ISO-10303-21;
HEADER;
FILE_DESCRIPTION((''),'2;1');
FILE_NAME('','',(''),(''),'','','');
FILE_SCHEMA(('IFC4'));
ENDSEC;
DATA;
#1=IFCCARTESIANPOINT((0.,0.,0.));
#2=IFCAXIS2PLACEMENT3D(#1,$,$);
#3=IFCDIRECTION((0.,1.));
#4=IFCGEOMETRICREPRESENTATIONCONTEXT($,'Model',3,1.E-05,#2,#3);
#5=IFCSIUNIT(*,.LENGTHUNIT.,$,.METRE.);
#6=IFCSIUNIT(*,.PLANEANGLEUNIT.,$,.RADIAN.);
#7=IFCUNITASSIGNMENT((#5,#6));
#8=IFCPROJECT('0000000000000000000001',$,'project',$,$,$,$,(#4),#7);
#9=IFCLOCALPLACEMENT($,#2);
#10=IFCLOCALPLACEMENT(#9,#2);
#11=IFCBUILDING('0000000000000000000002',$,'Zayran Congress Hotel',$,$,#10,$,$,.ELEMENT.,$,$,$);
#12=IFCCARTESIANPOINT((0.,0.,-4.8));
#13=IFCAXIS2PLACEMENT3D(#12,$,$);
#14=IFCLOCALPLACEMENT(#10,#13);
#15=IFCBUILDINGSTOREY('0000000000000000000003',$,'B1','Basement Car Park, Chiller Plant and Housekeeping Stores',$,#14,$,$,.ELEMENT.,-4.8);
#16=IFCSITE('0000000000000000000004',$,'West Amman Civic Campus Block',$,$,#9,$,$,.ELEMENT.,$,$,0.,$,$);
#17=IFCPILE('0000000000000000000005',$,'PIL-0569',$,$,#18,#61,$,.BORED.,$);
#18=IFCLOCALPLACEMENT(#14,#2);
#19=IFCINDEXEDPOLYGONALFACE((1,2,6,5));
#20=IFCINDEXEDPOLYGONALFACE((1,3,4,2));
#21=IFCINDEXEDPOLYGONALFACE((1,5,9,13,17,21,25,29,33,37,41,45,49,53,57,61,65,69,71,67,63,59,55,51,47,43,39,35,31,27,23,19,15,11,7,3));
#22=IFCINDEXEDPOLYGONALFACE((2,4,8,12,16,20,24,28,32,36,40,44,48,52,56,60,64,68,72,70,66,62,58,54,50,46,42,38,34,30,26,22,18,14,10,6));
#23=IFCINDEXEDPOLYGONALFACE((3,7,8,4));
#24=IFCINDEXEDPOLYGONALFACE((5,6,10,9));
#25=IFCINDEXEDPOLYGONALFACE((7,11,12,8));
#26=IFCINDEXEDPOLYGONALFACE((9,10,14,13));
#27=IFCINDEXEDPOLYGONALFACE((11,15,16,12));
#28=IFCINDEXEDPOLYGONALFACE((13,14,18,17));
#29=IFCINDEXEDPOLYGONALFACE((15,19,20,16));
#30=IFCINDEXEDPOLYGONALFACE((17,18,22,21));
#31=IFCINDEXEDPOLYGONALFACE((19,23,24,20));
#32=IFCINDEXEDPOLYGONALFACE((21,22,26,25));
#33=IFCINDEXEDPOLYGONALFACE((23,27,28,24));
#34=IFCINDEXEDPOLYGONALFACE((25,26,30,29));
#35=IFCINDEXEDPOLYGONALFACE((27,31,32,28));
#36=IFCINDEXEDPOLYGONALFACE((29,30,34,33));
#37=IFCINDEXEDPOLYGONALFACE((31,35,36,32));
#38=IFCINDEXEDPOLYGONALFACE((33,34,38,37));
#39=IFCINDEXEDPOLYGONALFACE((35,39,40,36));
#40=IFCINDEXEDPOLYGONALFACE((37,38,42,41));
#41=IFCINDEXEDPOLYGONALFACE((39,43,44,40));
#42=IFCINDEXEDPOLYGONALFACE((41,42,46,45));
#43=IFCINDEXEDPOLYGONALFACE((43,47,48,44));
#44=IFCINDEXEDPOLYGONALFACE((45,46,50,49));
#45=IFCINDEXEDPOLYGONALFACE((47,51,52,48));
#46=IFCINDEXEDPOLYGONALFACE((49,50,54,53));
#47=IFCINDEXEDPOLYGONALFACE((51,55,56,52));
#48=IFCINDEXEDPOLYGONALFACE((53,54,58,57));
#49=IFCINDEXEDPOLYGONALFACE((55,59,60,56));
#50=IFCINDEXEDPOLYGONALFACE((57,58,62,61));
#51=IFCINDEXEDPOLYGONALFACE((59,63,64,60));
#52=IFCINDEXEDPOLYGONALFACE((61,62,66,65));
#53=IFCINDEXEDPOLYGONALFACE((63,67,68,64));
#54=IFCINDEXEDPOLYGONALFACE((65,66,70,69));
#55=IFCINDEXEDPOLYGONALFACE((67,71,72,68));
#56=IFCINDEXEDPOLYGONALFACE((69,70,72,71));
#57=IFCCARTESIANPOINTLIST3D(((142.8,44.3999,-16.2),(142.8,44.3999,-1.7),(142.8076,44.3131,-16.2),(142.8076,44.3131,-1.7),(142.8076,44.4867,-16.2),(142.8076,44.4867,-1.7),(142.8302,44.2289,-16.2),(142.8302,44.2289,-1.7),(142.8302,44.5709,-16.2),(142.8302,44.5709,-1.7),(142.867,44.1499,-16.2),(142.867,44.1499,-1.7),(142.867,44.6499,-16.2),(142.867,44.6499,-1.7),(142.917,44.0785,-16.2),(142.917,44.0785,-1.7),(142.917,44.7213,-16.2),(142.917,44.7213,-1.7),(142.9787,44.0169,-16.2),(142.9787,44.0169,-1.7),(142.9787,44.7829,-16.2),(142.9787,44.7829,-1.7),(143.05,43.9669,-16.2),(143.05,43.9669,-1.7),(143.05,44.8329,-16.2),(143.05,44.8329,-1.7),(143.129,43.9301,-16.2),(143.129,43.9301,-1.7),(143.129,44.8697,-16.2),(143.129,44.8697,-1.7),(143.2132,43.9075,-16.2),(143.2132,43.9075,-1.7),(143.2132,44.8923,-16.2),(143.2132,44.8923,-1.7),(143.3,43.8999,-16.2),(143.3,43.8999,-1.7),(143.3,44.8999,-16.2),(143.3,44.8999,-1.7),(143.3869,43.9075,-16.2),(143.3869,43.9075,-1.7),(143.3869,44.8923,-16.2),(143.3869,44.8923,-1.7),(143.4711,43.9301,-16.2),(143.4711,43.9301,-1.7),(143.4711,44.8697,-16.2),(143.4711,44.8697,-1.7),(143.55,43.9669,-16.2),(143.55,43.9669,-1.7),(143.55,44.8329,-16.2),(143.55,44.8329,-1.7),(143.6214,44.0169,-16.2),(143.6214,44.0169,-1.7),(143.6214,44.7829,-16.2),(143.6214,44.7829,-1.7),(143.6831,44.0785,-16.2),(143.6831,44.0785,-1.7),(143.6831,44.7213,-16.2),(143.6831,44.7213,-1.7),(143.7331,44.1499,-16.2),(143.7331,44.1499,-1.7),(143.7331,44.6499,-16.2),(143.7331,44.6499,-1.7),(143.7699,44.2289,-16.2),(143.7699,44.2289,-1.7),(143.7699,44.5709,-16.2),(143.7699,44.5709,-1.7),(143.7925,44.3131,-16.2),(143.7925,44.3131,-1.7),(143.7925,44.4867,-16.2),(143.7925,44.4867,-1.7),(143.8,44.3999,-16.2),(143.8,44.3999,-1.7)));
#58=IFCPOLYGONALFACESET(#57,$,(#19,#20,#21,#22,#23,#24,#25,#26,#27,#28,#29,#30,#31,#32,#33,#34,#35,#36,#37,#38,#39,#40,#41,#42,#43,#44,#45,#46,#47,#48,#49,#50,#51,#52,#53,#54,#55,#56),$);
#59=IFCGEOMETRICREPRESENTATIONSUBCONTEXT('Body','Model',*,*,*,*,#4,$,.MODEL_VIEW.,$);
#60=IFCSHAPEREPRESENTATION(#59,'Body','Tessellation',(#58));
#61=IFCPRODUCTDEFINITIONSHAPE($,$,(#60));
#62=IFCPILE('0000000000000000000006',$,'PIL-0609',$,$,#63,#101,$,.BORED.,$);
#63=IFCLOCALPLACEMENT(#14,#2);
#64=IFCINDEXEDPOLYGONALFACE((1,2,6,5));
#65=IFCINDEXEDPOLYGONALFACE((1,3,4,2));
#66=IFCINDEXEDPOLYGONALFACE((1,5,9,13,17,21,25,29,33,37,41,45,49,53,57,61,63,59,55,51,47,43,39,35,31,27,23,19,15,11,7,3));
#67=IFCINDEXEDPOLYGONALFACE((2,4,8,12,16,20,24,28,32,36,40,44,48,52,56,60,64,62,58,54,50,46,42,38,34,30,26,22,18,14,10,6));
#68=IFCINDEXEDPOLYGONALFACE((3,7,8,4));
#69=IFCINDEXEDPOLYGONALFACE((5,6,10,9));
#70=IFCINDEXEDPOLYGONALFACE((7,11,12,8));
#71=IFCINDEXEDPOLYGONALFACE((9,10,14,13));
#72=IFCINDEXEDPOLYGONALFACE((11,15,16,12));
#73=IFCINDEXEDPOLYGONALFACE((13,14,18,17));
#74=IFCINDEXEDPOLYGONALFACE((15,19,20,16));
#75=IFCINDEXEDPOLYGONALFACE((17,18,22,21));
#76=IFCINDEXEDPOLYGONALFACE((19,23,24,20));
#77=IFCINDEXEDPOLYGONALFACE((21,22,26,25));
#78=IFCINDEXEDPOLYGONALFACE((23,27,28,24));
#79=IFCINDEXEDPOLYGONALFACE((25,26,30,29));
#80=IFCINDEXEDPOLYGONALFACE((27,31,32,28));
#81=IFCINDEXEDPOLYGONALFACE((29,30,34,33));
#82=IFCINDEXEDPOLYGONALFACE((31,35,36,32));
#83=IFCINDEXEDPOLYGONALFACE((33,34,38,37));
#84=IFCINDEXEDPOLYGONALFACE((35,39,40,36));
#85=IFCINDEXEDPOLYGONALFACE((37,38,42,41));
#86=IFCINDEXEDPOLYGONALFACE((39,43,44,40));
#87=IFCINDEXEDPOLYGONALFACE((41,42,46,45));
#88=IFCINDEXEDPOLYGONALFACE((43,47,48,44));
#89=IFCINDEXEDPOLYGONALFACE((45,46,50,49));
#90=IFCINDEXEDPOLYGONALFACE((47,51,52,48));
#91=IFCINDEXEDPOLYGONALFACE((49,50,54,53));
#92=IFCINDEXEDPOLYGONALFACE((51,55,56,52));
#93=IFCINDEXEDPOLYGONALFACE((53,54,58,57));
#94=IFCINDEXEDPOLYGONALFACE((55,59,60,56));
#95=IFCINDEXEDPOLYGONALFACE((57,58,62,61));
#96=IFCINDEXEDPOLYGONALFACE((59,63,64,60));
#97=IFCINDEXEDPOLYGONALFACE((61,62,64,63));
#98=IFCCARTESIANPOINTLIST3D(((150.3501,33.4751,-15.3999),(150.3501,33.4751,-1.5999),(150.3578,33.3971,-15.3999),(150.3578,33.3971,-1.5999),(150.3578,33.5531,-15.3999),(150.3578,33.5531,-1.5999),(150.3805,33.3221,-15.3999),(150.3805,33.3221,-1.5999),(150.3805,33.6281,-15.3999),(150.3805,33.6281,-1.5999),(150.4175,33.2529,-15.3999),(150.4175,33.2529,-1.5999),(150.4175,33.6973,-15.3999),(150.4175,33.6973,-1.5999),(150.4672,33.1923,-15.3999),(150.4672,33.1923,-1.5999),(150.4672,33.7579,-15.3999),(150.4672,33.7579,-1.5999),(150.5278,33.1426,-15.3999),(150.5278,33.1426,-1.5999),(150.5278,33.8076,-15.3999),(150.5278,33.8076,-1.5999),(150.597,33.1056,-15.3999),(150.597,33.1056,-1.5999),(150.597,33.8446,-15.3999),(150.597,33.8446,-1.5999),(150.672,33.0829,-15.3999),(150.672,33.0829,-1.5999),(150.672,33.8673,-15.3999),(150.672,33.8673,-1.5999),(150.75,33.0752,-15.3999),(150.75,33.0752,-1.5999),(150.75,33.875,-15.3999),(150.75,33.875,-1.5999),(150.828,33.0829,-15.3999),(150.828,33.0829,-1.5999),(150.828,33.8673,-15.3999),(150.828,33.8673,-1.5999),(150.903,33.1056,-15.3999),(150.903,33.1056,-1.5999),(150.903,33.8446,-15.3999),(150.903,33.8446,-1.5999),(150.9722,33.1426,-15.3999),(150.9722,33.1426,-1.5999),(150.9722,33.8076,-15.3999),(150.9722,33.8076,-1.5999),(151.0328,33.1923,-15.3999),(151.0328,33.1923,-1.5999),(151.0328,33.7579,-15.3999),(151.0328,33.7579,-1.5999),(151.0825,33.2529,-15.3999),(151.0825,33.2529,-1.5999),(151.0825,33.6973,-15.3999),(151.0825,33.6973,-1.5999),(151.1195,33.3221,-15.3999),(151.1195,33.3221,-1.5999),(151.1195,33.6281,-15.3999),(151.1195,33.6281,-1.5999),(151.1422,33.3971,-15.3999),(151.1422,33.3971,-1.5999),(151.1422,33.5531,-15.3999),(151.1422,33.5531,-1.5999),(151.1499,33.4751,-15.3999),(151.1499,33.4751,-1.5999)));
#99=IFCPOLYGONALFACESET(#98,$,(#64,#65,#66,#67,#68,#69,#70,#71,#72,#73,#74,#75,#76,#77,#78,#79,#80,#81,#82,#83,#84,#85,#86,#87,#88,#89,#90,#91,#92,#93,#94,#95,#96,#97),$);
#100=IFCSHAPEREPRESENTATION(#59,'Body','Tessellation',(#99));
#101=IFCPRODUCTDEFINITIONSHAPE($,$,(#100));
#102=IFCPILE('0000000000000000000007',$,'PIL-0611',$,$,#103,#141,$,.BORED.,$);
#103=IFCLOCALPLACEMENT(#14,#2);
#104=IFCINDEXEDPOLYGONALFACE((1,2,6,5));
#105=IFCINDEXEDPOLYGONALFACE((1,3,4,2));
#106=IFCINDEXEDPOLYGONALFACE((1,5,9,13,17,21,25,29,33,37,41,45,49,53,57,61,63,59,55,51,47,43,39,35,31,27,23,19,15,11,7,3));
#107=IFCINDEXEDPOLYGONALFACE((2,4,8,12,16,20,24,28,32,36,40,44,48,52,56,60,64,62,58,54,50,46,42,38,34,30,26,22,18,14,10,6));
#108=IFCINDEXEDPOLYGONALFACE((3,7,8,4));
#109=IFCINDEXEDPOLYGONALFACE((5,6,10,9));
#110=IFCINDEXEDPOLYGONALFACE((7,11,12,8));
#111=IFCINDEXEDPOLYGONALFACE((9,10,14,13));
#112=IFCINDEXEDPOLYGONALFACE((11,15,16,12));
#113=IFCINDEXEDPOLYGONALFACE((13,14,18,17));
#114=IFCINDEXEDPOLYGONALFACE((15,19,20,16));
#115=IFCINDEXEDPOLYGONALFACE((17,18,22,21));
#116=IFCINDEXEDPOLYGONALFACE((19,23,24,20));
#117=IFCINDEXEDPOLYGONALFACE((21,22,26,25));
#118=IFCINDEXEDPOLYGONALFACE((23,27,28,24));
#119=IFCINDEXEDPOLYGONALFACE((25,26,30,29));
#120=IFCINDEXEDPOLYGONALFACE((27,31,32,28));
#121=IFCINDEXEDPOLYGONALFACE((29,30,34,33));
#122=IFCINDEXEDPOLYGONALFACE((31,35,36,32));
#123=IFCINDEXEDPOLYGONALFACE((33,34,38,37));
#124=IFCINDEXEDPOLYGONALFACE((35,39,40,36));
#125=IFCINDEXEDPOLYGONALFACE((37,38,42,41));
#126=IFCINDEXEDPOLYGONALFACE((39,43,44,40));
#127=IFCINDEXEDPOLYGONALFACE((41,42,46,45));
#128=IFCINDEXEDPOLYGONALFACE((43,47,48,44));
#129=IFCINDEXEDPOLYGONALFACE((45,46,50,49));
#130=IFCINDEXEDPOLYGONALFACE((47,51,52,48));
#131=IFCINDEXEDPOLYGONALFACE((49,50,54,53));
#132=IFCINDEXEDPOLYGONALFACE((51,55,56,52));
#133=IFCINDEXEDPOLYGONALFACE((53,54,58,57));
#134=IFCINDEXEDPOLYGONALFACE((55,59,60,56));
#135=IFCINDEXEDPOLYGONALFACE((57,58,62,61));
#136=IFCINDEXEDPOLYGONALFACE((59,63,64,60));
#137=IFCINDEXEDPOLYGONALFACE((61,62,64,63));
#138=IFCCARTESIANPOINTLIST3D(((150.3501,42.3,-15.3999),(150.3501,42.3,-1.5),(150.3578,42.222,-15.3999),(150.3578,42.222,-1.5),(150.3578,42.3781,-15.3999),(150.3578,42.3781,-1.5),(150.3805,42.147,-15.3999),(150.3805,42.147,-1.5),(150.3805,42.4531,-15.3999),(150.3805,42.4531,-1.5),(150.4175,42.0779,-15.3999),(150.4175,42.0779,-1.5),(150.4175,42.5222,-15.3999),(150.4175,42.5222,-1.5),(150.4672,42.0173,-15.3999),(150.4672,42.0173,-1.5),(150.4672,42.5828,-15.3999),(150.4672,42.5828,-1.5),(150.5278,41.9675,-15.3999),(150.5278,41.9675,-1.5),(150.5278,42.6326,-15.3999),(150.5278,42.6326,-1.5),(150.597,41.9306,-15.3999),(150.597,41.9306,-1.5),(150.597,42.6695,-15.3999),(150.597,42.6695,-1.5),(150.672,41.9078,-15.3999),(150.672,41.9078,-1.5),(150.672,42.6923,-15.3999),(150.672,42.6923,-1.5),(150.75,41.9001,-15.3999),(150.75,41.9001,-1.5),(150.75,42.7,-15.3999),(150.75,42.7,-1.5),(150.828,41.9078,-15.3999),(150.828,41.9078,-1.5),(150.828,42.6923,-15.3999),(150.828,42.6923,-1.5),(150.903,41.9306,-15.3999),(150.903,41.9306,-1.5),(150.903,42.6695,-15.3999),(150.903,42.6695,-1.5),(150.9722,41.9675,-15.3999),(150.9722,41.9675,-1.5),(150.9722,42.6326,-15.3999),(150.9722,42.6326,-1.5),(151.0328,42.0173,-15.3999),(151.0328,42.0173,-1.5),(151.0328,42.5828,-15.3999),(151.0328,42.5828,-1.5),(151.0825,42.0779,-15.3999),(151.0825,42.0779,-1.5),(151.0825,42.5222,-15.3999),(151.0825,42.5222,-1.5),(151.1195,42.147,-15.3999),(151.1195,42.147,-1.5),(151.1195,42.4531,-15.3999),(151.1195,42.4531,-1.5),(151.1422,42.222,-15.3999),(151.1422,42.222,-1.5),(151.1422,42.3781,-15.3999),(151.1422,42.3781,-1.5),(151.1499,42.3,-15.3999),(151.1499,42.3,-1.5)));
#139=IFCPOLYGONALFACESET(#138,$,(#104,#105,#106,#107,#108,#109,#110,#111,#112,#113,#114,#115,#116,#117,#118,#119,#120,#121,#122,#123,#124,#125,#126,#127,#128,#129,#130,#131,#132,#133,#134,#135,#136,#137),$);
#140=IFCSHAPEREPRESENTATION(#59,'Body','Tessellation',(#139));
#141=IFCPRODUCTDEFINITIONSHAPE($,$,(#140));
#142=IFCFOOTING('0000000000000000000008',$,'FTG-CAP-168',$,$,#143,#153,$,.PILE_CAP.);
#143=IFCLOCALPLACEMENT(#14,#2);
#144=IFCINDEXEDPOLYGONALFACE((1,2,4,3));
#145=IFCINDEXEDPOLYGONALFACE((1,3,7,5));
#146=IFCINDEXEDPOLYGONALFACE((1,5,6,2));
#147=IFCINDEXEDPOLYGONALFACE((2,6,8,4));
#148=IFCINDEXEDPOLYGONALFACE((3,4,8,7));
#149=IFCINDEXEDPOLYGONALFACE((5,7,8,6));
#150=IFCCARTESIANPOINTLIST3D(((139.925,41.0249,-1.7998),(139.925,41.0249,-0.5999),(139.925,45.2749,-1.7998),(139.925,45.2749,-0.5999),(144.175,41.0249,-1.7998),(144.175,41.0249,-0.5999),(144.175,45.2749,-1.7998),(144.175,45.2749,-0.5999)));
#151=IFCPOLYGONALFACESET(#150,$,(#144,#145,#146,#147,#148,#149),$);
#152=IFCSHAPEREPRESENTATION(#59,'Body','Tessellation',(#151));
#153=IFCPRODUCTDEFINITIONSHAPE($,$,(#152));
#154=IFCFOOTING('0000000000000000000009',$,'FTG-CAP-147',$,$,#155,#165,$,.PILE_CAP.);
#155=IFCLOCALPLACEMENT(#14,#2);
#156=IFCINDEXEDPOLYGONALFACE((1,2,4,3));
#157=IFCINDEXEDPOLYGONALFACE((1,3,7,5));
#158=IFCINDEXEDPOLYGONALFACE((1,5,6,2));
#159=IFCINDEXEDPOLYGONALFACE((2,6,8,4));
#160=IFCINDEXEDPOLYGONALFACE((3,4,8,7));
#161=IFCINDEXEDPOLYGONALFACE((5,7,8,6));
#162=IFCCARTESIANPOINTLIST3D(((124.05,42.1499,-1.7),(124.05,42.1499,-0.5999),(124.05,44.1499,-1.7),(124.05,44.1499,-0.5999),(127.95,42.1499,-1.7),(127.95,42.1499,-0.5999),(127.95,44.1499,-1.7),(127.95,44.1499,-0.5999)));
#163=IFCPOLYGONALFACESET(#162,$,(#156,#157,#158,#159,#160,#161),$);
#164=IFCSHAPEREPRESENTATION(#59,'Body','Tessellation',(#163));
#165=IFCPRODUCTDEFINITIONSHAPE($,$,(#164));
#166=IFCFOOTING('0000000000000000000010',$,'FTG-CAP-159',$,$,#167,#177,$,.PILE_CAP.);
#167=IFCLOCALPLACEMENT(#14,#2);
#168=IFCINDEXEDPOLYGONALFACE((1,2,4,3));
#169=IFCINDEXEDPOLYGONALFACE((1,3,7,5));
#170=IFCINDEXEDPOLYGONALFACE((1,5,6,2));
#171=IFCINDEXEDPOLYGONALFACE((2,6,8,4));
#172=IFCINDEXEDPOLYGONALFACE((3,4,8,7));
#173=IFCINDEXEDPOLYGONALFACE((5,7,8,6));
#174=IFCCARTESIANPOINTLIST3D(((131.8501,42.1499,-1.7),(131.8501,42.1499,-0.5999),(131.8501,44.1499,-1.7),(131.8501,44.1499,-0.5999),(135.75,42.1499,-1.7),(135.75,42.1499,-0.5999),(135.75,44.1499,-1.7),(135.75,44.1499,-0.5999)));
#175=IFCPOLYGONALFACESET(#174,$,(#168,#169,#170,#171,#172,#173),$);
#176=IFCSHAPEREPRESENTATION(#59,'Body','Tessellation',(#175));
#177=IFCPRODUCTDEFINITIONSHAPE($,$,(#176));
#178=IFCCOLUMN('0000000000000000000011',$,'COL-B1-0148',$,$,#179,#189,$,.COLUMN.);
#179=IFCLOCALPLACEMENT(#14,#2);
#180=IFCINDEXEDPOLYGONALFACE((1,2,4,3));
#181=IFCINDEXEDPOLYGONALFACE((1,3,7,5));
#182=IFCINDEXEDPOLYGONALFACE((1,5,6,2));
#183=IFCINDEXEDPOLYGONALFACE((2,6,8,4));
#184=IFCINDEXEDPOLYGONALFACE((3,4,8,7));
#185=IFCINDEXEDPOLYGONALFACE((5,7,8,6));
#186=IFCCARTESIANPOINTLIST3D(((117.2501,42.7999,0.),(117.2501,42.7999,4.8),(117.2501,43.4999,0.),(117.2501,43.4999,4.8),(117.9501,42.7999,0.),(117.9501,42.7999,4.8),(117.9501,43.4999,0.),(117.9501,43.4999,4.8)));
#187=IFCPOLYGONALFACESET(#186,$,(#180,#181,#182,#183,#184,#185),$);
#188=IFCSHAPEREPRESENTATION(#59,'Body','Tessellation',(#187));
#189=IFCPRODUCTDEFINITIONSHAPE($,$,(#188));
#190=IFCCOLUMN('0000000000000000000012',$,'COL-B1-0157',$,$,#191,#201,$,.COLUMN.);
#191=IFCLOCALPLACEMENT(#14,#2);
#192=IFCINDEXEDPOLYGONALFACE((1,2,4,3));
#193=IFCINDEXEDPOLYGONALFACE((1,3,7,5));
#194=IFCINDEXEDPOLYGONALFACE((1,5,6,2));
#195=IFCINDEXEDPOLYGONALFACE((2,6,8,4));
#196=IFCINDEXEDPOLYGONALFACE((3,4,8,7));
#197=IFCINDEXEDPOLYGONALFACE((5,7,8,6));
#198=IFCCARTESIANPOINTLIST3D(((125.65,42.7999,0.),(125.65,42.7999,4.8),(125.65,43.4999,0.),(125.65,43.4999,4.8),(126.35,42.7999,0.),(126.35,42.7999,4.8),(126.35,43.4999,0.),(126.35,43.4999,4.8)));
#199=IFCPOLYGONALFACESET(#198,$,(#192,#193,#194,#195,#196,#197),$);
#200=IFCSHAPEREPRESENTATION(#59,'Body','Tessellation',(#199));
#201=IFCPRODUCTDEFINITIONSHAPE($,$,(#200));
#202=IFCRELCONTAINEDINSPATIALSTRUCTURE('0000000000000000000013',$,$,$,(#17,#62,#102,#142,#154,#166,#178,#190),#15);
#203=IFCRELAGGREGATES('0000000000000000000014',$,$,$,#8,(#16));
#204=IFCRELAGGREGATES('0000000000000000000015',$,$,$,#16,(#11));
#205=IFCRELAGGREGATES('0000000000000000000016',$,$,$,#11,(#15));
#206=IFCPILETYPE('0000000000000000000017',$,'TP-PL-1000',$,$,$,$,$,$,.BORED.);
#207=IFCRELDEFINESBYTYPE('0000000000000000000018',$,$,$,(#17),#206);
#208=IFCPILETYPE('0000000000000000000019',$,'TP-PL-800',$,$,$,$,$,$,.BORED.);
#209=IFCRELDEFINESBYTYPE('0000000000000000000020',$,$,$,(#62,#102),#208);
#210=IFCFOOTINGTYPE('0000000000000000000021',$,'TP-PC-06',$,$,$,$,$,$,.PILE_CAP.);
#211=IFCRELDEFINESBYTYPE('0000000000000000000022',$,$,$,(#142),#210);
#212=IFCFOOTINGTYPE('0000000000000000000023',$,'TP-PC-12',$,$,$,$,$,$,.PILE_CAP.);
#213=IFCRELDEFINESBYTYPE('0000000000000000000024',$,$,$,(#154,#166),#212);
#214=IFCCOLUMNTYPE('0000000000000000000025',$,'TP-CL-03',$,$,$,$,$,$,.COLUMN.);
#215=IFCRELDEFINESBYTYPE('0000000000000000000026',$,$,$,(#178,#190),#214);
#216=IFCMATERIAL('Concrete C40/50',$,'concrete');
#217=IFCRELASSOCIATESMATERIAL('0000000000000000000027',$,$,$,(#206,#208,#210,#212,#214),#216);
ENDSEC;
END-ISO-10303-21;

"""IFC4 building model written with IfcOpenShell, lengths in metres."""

from ifc_helpers import new_model, si_unit, direction, frame, origin, origin_2d, place, context, subcontext, project, spatial, rectangle, circle, extrude, material, material_profile, profile_set, type_object, element, save


model = new_model("IFC4")

# Units and contexts
model_context = context("Model", 3, precision=1e-05, world=origin(), true_north=direction((0.0, 1.0)))
body_context = subcontext(model_context, "Body", "Model", "MODEL_VIEW")
ifc_project = project(units=[si_unit("LENGTHUNIT", "METRE"), si_unit("PLANEANGLEUNIT", "RADIAN")], contexts=[model_context])

# Site, building, storey
site_placement = place(None, origin())
site = spatial("IfcSite", under=ifc_project, at=site_placement, Name="West Amman Civic Campus Block", CompositionType="ELEMENT", RefElevation=0.0)
building_placement = place(site_placement, origin())
building = spatial("IfcBuilding", under=site, at=building_placement, Name="Zayran Congress Hotel", CompositionType="ELEMENT")
storey_placement = place(building_placement, frame((0.0, 0.0, -4.8)))
storey = spatial("IfcBuildingStorey", under=building, at=storey_placement, Name="B1", Description="Basement Car Park, Chiller Plant and Housekeeping Stores", CompositionType="ELEMENT", Elevation=-4.8)

# Piles
ifc_material_1 = material(Name="Concrete C40/50", Category="concrete")
ifc_material_profile_1 = material_profile(ifc_material_1, circle(Radius=0.5, at=origin_2d()), Name="PILE D1000")
ifc_profile_set_1 = profile_set([ifc_material_profile_1], Name="Concrete C40/50")
pile_type_1 = type_object("IfcPileType", Name="TP-PL-1000", PredefinedType="BORED", material=ifc_profile_set_1)
for number, where, z_axis, x_axis, name in (
    (1, (143.3, 44.3999, -1.7), (0.0, 0.0, -1.0), (1.0, 0.0, 0.0), "PIL-0569"),
):
    element("IfcPile", number, at=place(storey_placement, frame(where, z_axis=z_axis, x_axis=x_axis)), inside=storey, type_object=pile_type_1, Name=name, PredefinedType="BORED", context=body_context, shape_type="SweptSolid", body=[
        extrude(circle(Radius=0.5, at=origin_2d()), origin(), (0.0, 0.0, 1.0), 14.5),
    ])
ifc_material_profile_2 = material_profile(ifc_material_1, circle(Radius=0.3999, at=origin_2d()), Name="PILE D800")
ifc_profile_set_2 = profile_set([ifc_material_profile_2], Name="Concrete C40/50")
pile_type_2 = type_object("IfcPileType", Name="TP-PL-800", PredefinedType="BORED", material=ifc_profile_set_2)
pile_1_placement = place(storey_placement, frame((150.75, 33.4751, -1.5999), z_axis=(0.0, 0.0, -1.0), x_axis=(1.0, 0.0, 0.0)))
element("IfcPile", 2, at=pile_1_placement, inside=storey, type_object=pile_type_2, Name="PIL-0609", PredefinedType="BORED", context=body_context, shape_type="SweptSolid", body=[
    extrude(circle(Radius=0.3999, at=origin_2d()), origin(), (0.0, 0.0, 1.0), 13.8),
])
pile_2_placement = place(storey_placement, frame((150.75, 42.3, -1.5), z_axis=(0.0, 0.0, -1.0), x_axis=(1.0, 0.0, 0.0)))
element("IfcPile", 3, at=pile_2_placement, inside=storey, type_object=pile_type_2, Name="PIL-0611", PredefinedType="BORED", context=body_context, shape_type="SweptSolid", body=[
    extrude(circle(Radius=0.3999, at=origin_2d()), origin(), (0.0, 0.0, 1.0), 13.8999),
])

# Footings
footing_type_1 = type_object("IfcFootingType", Name="TP-PC-06", PredefinedType="PILE_CAP", material=ifc_material_1)
footing_placement = place(storey_placement, frame((142.05, 43.1499, -1.7998), z_axis=(0.0, 0.0, 1.0), x_axis=(1.0, 0.0, 0.0)))
element("IfcFooting", 4, at=footing_placement, inside=storey, type_object=footing_type_1, Name="FTG-CAP-168", PredefinedType="PILE_CAP", context=body_context, shape_type="SweptSolid", body=[
    extrude(rectangle(XDim=4.25, YDim=4.25, at=origin_2d()), origin(), (0.0, 0.0, 1.0), 1.2),
])
footing_type_2 = type_object("IfcFootingType", Name="TP-PC-12", PredefinedType="PILE_CAP", material=ifc_material_1)
for number, where, z_axis, x_axis, name in (
    (5, (126.0, 43.1499, -1.7), (0.0, 0.0, 1.0), (1.0, 0.0, 0.0), "FTG-CAP-147"),
    (6, (133.8, 43.1499, -1.7), (0.0, 0.0, 1.0), (1.0, 0.0, 0.0), "FTG-CAP-159"),
):
    element("IfcFooting", number, at=place(storey_placement, frame(where, z_axis=z_axis, x_axis=x_axis)), inside=storey, type_object=footing_type_2, Name=name, PredefinedType="PILE_CAP", context=body_context, shape_type="SweptSolid", body=[
        extrude(rectangle(XDim=3.8999, YDim=2.0, at=origin_2d()), origin(), (0.0, 0.0, 1.0), 1.1001),
    ])

# Columns
ifc_material_profile_3 = material_profile(ifc_material_1, rectangle(XDim=0.7, YDim=0.7, at=origin_2d()), Name="RC 700x700")
ifc_profile_set_3 = profile_set([ifc_material_profile_3], Name="Concrete C40/50")
column_type = type_object("IfcColumnType", Name="TP-CL-03", PredefinedType="COLUMN", material=ifc_profile_set_3)
for number, where, z_axis, x_axis, name in (
    (7, (117.6001, 43.1499, 0.0), (0.0, 0.0, 1.0), (1.0, 0.0, 0.0), "COL-B1-0148"),
    (8, (126.0, 43.1499, 0.0), (0.0, 0.0, 1.0), (1.0, 0.0, 0.0), "COL-B1-0157"),
):
    element("IfcColumn", number, at=place(storey_placement, frame(where, z_axis=z_axis, x_axis=x_axis)), inside=storey, type_object=column_type, Name=name, PredefinedType="COLUMN", context=body_context, shape_type="SweptSolid", body=[
        extrude(rectangle(XDim=0.7, YDim=0.7, at=origin_2d()), origin(), (0.0, 0.0, 1.0), 4.8),
    ])

save(model, "model.ifc")
